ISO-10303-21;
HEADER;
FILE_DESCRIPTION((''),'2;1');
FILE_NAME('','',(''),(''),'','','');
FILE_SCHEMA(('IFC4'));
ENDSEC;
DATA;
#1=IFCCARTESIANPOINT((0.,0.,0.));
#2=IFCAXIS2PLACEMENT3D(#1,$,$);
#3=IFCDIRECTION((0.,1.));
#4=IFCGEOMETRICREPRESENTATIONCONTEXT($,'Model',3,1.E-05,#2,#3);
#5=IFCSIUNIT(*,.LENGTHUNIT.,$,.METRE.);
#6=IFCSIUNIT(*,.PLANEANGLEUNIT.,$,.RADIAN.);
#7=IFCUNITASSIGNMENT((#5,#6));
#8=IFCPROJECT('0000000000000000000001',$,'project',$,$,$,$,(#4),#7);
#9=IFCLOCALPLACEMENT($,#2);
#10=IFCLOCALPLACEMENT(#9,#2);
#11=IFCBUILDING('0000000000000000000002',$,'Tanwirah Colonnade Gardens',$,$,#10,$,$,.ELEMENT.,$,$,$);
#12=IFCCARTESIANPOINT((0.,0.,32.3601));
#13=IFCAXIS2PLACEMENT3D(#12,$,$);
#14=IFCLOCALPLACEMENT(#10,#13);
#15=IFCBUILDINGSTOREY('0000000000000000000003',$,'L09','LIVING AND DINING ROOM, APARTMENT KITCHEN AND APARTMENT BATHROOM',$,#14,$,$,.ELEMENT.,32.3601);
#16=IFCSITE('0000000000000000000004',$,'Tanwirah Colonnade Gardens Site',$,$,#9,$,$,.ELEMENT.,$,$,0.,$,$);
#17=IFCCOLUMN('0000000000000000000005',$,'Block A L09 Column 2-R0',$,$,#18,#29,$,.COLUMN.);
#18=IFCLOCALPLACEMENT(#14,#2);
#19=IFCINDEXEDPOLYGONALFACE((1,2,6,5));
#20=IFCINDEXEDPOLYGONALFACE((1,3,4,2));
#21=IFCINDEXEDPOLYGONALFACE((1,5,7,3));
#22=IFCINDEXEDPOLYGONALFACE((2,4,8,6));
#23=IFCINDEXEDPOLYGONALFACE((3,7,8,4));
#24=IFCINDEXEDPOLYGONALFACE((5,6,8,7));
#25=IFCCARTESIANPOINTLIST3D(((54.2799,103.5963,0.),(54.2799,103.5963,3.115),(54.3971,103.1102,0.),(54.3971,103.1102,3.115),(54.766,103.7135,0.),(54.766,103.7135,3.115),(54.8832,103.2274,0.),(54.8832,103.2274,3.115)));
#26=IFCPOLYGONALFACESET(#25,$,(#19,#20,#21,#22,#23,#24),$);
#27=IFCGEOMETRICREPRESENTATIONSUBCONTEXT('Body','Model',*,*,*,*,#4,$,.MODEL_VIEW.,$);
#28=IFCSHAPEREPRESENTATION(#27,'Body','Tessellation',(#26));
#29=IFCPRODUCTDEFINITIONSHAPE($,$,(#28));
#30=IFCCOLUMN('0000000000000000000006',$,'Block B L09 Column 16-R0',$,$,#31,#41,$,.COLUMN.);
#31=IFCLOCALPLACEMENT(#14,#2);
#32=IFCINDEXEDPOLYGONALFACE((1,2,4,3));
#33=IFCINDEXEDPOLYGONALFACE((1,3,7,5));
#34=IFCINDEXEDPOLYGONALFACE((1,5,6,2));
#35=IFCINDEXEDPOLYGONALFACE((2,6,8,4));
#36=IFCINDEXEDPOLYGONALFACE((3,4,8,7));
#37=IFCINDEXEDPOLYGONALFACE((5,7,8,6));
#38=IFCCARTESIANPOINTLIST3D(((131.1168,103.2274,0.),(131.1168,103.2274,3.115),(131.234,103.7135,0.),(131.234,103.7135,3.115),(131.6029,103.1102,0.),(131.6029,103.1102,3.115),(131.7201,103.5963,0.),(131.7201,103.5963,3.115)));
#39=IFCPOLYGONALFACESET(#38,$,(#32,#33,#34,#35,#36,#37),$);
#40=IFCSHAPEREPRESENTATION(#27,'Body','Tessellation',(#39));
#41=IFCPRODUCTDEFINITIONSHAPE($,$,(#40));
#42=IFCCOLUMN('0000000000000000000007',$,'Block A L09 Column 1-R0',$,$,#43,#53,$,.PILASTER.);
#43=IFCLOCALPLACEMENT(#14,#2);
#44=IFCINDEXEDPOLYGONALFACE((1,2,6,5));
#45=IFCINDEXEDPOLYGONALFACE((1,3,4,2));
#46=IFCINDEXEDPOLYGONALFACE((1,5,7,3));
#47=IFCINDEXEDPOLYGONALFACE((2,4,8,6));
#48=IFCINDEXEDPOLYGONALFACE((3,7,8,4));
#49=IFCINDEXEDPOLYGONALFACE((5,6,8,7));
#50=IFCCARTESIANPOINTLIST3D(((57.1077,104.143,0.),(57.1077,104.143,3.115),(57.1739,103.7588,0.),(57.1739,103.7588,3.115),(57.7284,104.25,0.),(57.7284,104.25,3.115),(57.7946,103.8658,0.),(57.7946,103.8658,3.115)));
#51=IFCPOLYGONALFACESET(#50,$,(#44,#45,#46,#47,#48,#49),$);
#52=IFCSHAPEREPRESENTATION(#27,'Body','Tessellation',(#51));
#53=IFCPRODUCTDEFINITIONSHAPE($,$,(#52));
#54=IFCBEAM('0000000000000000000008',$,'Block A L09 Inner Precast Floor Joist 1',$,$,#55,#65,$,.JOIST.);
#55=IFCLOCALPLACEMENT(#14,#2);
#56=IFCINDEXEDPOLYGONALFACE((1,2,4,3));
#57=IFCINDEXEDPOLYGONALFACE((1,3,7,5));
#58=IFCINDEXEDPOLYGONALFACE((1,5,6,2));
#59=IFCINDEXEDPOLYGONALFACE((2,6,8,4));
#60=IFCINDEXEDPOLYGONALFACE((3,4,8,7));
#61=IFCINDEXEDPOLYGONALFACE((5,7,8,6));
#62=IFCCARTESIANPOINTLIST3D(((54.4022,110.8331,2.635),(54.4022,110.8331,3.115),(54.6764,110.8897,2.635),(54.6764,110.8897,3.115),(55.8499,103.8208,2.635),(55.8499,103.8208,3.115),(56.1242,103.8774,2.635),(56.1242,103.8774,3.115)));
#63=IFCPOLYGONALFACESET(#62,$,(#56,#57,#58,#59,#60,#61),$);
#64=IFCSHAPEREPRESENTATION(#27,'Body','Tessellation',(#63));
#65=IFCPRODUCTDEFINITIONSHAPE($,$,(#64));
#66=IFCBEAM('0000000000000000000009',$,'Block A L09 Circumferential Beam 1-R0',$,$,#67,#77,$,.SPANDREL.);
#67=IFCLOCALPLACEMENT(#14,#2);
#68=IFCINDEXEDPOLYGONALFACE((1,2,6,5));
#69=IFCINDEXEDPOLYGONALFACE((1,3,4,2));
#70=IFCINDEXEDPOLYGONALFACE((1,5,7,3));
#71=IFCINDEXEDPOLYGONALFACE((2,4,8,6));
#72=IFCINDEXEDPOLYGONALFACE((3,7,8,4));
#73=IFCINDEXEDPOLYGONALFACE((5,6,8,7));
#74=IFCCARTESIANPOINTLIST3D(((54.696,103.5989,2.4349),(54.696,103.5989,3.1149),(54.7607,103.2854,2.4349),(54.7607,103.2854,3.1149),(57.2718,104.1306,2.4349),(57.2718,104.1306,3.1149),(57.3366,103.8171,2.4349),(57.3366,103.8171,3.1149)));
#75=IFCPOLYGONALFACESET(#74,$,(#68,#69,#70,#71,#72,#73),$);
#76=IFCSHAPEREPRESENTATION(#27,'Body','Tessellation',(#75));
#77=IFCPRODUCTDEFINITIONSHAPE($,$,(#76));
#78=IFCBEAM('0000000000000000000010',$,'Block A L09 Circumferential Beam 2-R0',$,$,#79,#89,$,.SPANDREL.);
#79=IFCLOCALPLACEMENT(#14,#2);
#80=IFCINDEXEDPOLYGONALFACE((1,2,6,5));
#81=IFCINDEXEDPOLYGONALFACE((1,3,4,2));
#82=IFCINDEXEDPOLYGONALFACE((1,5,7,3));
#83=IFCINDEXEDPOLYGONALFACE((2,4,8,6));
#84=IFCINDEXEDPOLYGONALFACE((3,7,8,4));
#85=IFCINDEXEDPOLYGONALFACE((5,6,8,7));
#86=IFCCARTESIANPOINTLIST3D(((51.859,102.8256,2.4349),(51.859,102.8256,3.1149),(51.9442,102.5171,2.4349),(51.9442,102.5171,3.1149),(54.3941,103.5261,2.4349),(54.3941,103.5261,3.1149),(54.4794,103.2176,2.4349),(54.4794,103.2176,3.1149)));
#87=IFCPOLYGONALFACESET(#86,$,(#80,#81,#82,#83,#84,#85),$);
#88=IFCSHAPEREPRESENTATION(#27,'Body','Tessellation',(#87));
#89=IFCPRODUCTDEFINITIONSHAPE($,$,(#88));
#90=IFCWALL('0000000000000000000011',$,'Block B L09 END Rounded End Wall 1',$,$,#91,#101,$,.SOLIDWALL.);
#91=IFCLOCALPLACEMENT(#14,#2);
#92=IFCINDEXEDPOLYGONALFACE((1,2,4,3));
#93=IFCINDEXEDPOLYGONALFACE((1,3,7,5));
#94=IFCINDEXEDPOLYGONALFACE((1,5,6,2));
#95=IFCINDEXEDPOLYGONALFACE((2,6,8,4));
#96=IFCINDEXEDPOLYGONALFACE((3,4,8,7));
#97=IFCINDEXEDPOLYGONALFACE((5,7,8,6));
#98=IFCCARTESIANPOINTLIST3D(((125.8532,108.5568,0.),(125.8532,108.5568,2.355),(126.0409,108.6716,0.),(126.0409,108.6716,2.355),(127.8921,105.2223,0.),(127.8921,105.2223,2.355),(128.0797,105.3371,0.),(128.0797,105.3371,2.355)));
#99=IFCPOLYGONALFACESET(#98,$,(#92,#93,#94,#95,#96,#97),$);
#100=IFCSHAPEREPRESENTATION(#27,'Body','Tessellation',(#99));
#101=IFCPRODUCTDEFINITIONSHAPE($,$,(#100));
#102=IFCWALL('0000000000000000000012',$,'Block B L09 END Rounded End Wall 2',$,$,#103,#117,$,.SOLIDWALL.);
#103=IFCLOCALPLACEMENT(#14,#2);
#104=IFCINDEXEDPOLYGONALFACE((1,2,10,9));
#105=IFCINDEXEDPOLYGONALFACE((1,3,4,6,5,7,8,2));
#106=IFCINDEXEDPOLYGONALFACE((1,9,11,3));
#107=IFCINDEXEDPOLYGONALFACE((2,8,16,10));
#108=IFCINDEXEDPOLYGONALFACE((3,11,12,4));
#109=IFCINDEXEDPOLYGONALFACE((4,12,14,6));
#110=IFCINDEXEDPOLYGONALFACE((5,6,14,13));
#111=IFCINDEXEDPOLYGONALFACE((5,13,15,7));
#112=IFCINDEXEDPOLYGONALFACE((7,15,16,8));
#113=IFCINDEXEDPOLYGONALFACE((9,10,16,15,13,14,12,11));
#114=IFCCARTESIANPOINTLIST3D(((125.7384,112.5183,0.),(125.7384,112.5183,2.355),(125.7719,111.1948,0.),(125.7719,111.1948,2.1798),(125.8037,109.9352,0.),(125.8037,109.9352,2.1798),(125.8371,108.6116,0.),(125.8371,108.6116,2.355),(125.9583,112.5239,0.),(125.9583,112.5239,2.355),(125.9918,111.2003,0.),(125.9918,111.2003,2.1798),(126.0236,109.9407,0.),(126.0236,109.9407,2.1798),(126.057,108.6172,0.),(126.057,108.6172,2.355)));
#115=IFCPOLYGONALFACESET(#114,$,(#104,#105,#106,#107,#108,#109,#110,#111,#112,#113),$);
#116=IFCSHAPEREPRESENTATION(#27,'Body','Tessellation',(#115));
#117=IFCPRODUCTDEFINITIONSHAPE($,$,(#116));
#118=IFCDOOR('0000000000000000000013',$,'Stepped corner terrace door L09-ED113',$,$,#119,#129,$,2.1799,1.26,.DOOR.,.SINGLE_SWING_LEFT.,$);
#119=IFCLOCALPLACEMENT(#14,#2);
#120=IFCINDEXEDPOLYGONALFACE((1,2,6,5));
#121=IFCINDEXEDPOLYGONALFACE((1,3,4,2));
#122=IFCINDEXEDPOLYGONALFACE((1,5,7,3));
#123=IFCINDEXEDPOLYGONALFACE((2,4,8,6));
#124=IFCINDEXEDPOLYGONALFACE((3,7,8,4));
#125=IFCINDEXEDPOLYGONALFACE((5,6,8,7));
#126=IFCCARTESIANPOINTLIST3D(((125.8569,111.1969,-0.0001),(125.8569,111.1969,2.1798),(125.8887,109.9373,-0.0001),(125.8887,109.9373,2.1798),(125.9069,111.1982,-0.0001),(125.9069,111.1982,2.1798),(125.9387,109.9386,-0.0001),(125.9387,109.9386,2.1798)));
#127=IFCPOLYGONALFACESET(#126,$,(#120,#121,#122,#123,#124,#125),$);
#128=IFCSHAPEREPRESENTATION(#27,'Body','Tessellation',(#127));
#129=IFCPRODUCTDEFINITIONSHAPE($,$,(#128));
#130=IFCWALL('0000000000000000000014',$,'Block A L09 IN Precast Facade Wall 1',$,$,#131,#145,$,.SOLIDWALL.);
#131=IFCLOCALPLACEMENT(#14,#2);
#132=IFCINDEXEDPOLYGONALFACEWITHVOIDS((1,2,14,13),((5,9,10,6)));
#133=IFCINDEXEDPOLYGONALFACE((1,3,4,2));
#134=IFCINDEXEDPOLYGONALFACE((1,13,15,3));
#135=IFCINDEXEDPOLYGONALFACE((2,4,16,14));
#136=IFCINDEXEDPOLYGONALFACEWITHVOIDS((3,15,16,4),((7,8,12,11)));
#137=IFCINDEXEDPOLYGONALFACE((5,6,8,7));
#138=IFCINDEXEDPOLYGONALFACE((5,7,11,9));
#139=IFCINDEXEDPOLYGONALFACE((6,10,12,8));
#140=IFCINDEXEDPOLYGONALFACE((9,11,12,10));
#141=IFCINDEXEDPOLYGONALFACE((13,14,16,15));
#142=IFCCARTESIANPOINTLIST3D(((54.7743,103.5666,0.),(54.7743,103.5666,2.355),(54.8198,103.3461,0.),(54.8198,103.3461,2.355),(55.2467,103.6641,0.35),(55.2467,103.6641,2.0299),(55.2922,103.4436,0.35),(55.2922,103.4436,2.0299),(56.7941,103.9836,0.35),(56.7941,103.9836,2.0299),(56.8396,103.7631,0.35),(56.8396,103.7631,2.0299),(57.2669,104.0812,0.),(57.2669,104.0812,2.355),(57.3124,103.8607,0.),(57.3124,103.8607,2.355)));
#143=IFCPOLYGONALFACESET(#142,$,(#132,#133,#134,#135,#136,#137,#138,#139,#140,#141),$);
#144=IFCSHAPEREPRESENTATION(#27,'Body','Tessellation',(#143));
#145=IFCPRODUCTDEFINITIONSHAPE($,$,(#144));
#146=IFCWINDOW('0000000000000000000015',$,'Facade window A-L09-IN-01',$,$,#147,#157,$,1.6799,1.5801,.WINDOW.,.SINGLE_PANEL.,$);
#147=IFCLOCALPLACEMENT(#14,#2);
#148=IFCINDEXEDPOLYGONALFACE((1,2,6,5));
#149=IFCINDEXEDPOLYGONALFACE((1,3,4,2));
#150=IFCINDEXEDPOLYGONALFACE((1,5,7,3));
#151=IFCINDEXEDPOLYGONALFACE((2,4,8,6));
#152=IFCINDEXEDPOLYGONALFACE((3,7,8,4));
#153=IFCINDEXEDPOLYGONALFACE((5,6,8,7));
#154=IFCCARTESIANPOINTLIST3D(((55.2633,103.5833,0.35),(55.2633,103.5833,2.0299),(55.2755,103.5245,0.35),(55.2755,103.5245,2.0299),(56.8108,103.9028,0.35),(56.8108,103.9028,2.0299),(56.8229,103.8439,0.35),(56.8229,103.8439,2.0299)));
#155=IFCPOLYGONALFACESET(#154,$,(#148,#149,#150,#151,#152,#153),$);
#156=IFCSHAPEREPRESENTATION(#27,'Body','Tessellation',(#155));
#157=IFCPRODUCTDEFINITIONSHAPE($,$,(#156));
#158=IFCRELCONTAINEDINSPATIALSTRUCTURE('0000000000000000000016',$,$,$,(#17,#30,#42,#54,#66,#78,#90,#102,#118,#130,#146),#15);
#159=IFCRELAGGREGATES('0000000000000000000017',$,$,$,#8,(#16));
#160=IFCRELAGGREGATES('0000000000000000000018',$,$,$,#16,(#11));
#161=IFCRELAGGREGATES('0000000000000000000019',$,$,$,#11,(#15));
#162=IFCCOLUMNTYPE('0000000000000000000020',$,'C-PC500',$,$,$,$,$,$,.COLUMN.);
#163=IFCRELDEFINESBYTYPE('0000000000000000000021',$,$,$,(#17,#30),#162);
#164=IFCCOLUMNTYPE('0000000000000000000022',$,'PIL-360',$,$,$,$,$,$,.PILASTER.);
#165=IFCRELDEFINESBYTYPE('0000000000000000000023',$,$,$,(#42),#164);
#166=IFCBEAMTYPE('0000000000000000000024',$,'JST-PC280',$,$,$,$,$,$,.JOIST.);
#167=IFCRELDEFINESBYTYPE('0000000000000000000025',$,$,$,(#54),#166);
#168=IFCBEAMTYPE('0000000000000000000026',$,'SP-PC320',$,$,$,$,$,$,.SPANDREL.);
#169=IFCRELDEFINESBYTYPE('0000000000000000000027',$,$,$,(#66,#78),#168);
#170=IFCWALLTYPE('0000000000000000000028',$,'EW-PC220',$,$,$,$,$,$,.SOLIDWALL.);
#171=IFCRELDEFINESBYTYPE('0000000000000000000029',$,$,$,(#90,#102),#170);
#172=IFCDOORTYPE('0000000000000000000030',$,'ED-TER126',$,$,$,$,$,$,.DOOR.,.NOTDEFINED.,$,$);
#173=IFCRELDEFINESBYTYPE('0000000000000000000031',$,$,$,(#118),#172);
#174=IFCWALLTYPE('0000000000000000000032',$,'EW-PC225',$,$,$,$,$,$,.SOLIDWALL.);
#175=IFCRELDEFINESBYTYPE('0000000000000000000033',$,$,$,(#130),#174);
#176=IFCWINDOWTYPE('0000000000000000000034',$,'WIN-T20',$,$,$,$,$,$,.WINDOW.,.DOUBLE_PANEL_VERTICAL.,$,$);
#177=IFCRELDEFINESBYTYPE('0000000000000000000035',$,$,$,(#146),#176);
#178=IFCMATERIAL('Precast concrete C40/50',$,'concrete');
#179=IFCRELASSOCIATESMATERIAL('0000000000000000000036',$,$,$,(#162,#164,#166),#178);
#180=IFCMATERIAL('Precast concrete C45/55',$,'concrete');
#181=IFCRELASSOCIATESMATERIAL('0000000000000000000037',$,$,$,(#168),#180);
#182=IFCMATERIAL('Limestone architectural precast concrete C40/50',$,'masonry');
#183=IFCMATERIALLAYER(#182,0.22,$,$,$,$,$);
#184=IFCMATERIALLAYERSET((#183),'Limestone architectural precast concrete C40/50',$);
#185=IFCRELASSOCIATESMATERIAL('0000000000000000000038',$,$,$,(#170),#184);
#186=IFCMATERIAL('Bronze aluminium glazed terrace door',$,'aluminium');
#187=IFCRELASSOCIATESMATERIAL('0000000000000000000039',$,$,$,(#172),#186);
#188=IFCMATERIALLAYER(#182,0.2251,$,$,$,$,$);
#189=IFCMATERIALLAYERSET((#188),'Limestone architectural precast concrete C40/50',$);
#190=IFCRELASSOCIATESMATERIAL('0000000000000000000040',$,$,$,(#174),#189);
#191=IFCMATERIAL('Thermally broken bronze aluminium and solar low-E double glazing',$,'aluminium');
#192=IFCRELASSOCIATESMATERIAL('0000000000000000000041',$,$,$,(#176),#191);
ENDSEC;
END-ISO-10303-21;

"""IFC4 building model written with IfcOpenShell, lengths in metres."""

from ifc_helpers import new_model, si_unit, direction, frame, frame_2d, origin, origin_2d, place, context, subcontext, project, spatial, rectangle, extrude, material, layer, layer_set, material_profile, profile_set, type_object, element, fill, save


model = new_model("IFC4")

# Units and contexts
model_context = context("Model", 3, precision=1e-05, world=origin(), true_north=direction((0.0, 1.0)))
body_context = subcontext(model_context, "Body", "Model", "MODEL_VIEW")
ifc_project = project(units=[si_unit("LENGTHUNIT", "METRE"), si_unit("PLANEANGLEUNIT", "RADIAN")], contexts=[model_context])

# Site, building, storey
site_placement = place(None, origin())
site = spatial("IfcSite", under=ifc_project, at=site_placement, Name="Tanwirah Colonnade Gardens Site", CompositionType="ELEMENT", RefElevation=0.0)
building_placement = place(site_placement, origin())
building = spatial("IfcBuilding", under=site, at=building_placement, Name="Tanwirah Colonnade Gardens", CompositionType="ELEMENT")
storey_placement = place(building_placement, frame((0.0, 0.0, 32.3601)))
storey = spatial("IfcBuildingStorey", under=building, at=storey_placement, Name="L09", Description="LIVING AND DINING ROOM, APARTMENT KITCHEN AND APARTMENT BATHROOM", CompositionType="ELEMENT", Elevation=32.3601)

# Columns
ifc_material_1 = material(Name="Precast concrete C40/50", Category="concrete")
ifc_material_profile_1 = material_profile(ifc_material_1, rectangle(XDim=0.5, YDim=0.5, at=origin_2d()), Name="PC-COL 500x500")
ifc_profile_set_1 = profile_set([ifc_material_profile_1], Name="Precast concrete C40/50")
column_type_1 = type_object("IfcColumnType", Name="C-PC500", PredefinedType="COLUMN", material=ifc_profile_set_1)
for number, where, z_axis, x_axis, name in (
    (1, (54.5815, 103.4119, 0.0), (0.0, 0.0, 1.0), (-0.234388, 0.972143, 0.0), "Block A L09 Column 2-R0"),
    (2, (131.4185, 103.4119, 0.0), (0.0, 0.0, 1.0), (0.234388, 0.972143, 0.0), "Block B L09 Column 16-R0"),
):
    element("IfcColumn", number, at=place(storey_placement, frame(where, z_axis=z_axis, x_axis=x_axis)), inside=storey, type_object=column_type_1, Name=name, PredefinedType="COLUMN", context=body_context, shape_type="SweptSolid", body=[
        extrude(rectangle(XDim=0.5, YDim=0.5, at=origin_2d()), origin(), (0.0, 0.0, 1.0), 3.115),
    ])
ifc_material_profile_2 = material_profile(ifc_material_1, rectangle(XDim=0.3899, YDim=0.6299, at=origin_2d()), Name="PC-PIL 390x630")
ifc_profile_set_2 = profile_set([ifc_material_profile_2], Name="Precast concrete C40/50")
column_type_2 = type_object("IfcColumnType", Name="PIL-360", PredefinedType="PILASTER", material=ifc_profile_set_2)
column_placement = place(storey_placement, frame((57.4512, 104.0044, 0.0), z_axis=(0.0, 0.0, 1.0), x_axis=(-0.169827, 0.985474, 0.0)))
element("IfcColumn", 3, at=column_placement, inside=storey, type_object=column_type_2, Name="Block A L09 Column 1-R0", PredefinedType="PILASTER", context=body_context, shape_type="SweptSolid", body=[
    extrude(rectangle(XDim=0.3899, YDim=0.6299, at=origin_2d()), origin(), (0.0, 0.0, 1.0), 3.115),
])

# Beams
ifc_material_profile_3 = material_profile(ifc_material_1, rectangle(XDim=0.28, YDim=0.48, at=origin_2d()), Name="PC-JST 280x480")
ifc_profile_set_3 = profile_set([ifc_material_profile_3], Name="Precast concrete C40/50")
beam_type_1 = type_object("IfcBeamType", Name="JST-PC280", PredefinedType="JOIST", material=ifc_profile_set_3)
beam_placement = place(storey_placement, frame((55.9871, 103.8491, 2.875), z_axis=(-0.202197, 0.979345, 0.0), x_axis=(-0.979345, -0.202197, 0.0)))
element("IfcBeam", 4, at=beam_placement, inside=storey, type_object=beam_type_1, Name="Block A L09 Inner Precast Floor Joist 1", PredefinedType="JOIST", context=body_context, shape_type="SweptSolid", body=[
    extrude(rectangle(XDim=0.28, YDim=0.48, at=origin_2d()), origin(), (0.0, 0.0, 1.0), 7.1602),
])
ifc_material_2 = material(Name="Precast concrete C45/55", Category="concrete")
ifc_material_profile_4 = material_profile(ifc_material_2, rectangle(XDim=0.3201, YDim=0.6799, at=origin_2d()), Name="PC-SP 320x680")
ifc_profile_set_4 = profile_set([ifc_material_profile_4], Name="Precast concrete C45/55")
beam_type_2 = type_object("IfcBeamType", Name="SP-PC320", PredefinedType="SPANDREL", material=ifc_profile_set_4)
for number, where, z_axis, x_axis, name in (
    (5, (57.3042, 103.9739, 2.7749), (-0.979352, -0.202164, 0.0), (0.202164, -0.979352, 0.0), "Block A L09 Circumferential Beam 1-R0"),
    (6, (54.4368, 103.3718, 2.7749), (-0.963887, -0.266313, 0.0), (0.266313, -0.963887, 0.0), "Block A L09 Circumferential Beam 2-R0"),
):
    element("IfcBeam", number, at=place(storey_placement, frame(where, z_axis=z_axis, x_axis=x_axis)), inside=storey, type_object=beam_type_2, Name=name, PredefinedType="SPANDREL", context=body_context, shape_type="SweptSolid", body=[
        extrude(rectangle(XDim=0.3201, YDim=0.6799, at=origin_2d()), origin(), (0.0, 0.0, 1.0), 2.6301),
    ])

# Wall
ifc_material_3 = material(Name="Limestone architectural precast concrete C40/50", Category="masonry")
ifc_layer_1 = layer(ifc_material_3, 0.22)
ifc_layer_set_1 = layer_set([ifc_layer_1], Name="Limestone architectural precast concrete C40/50")
wall_type_1 = type_object("IfcWallType", Name="EW-PC220", PredefinedType="SOLIDWALL", material=ifc_layer_set_1)
wall_1_placement = place(storey_placement, frame((127.9858, 105.2798, 0.0), z_axis=(0.0, 0.0, 1.0), x_axis=(-0.521652, 0.853158, 0.0)))
element("IfcWall", 7, at=wall_1_placement, inside=storey, type_object=wall_type_1, Name="Block B L09 END Rounded End Wall 1", PredefinedType="SOLIDWALL", context=body_context, shape_type="SweptSolid", body=[
    extrude(rectangle(XDim=3.9084, YDim=0.22, at=frame_2d((1.9541, 0.0))), origin(), (0.0, 0.0, 1.0), 2.355),
])

# Wall, opening, door
wall_2_placement = place(storey_placement, frame((125.947, 108.6143, 0.0), z_axis=(0.0, 0.0, 1.0), x_axis=(-0.025239, 0.999681, 0.0)))
wall_2 = element("IfcWall", 8, at=wall_2_placement, inside=storey, type_object=wall_type_1, Name="Block B L09 END Rounded End Wall 2", PredefinedType="SOLIDWALL", context=body_context, shape_type="SweptSolid", body=[
    extrude(rectangle(XDim=3.908, YDim=0.22, at=frame_2d((1.9541, 0.0))), origin(), (0.0, 0.0, 1.0), 2.355),
])
opening_1_placement = place(wall_2_placement, frame((1.3242, 0.0, 0.0)))
opening_1 = element("IfcOpeningElement", 9, at=opening_1_placement, cuts=wall_2, PredefinedType="OPENING", context=body_context, shape_type="SweptSolid", body=[
    extrude(rectangle(XDim=1.26, YDim=2.1799, at=frame_2d((0.6299, 1.0898))), frame((0.0, 0.1199, 0.0), z_axis=(0.0, -1.0, 0.0), x_axis=(1.0, 0.0, 0.0)), (0.0, 0.0, 1.0), 0.24),
])
ifc_material_4 = material(Name="Bronze aluminium glazed terrace door", Category="aluminium")
door_type_1 = type_object("IfcDoorType", Name="ED-TER126", OperationType="NOTDEFINED", PredefinedType="DOOR", material=ifc_material_4)
door_1_placement = place(opening_1_placement, origin())
door_1 = element("IfcDoor", 10, at=door_1_placement, inside=storey, type_object=door_type_1, Name="Stepped corner terrace door L09-ED113", OperationType="SINGLE_SWING_LEFT", OverallHeight=2.1799, OverallWidth=1.26, PredefinedType="DOOR", context=body_context, shape_type="SweptSolid", body=[
    extrude(rectangle(XDim=1.26, YDim=2.1799, at=frame_2d((0.6299, 1.0898))), frame((0.0, 0.0249, 0.0), z_axis=(0.0, -1.0, 0.0), x_axis=(1.0, 0.0, 0.0)), (0.0, 0.0, 1.0), 0.05),
])
fill(opening_1, door_1)

# Wall, opening, window
ifc_layer_2 = layer(ifc_material_3, 0.2251)
ifc_layer_set_2 = layer_set([ifc_layer_2], Name="Limestone architectural precast concrete C40/50")
wall_type_2 = type_object("IfcWallType", Name="EW-PC225", PredefinedType="SOLIDWALL", material=ifc_layer_set_2)
wall_3_placement = place(storey_placement, frame((57.2896, 103.9709, 0.0), z_axis=(0.0, 0.0, 1.0), x_axis=(-0.979344, -0.2022, 0.0)))
wall_3 = element("IfcWall", 11, at=wall_3_placement, inside=storey, type_object=wall_type_2, Name="Block A L09 IN Precast Facade Wall 1", PredefinedType="SOLIDWALL", context=body_context, shape_type="SweptSolid", body=[
    extrude(rectangle(XDim=2.5452, YDim=0.2251, at=frame_2d((1.2725, 0.0))), origin(), (0.0, 0.0, 1.0), 2.355),
])
opening_2_placement = place(wall_3_placement, frame((0.4827, 0.0, 0.3501)))
opening_2 = element("IfcOpeningElement", 12, at=opening_2_placement, cuts=wall_3, PredefinedType="OPENING", context=body_context, shape_type="SweptSolid", body=[
    extrude(rectangle(XDim=1.5801, YDim=1.6799, at=frame_2d((0.79, 0.8398))), frame((0.0, 0.1226, 0.0), z_axis=(0.0, -1.0, 0.0), x_axis=(1.0, 0.0, 0.0)), (0.0, 0.0, 1.0), 0.2451),
])
ifc_material_5 = material(Name="Thermally broken bronze aluminium and solar low-E double glazing", Category="aluminium")
window_type_1 = type_object("IfcWindowType", Name="WIN-T20", PartitioningType="DOUBLE_PANEL_VERTICAL", PredefinedType="WINDOW", material=ifc_material_5)
window_1_placement = place(opening_2_placement, origin())
window_1 = element("IfcWindow", 13, at=window_1_placement, inside=storey, type_object=window_type_1, Name="Facade window A-L09-IN-01", OverallHeight=1.6799, OverallWidth=1.5801, PartitioningType="SINGLE_PANEL", PredefinedType="WINDOW", context=body_context, shape_type="SweptSolid", body=[
    extrude(rectangle(XDim=1.5801, YDim=1.6799, at=frame_2d((0.79, 0.8398))), frame((0.0, 0.03, 0.0), z_axis=(0.0, -1.0, 0.0), x_axis=(1.0, 0.0, 0.0)), (0.0, 0.0, 1.0), 0.0601),
])
fill(opening_2, window_1)

save(model, "model.ifc")
